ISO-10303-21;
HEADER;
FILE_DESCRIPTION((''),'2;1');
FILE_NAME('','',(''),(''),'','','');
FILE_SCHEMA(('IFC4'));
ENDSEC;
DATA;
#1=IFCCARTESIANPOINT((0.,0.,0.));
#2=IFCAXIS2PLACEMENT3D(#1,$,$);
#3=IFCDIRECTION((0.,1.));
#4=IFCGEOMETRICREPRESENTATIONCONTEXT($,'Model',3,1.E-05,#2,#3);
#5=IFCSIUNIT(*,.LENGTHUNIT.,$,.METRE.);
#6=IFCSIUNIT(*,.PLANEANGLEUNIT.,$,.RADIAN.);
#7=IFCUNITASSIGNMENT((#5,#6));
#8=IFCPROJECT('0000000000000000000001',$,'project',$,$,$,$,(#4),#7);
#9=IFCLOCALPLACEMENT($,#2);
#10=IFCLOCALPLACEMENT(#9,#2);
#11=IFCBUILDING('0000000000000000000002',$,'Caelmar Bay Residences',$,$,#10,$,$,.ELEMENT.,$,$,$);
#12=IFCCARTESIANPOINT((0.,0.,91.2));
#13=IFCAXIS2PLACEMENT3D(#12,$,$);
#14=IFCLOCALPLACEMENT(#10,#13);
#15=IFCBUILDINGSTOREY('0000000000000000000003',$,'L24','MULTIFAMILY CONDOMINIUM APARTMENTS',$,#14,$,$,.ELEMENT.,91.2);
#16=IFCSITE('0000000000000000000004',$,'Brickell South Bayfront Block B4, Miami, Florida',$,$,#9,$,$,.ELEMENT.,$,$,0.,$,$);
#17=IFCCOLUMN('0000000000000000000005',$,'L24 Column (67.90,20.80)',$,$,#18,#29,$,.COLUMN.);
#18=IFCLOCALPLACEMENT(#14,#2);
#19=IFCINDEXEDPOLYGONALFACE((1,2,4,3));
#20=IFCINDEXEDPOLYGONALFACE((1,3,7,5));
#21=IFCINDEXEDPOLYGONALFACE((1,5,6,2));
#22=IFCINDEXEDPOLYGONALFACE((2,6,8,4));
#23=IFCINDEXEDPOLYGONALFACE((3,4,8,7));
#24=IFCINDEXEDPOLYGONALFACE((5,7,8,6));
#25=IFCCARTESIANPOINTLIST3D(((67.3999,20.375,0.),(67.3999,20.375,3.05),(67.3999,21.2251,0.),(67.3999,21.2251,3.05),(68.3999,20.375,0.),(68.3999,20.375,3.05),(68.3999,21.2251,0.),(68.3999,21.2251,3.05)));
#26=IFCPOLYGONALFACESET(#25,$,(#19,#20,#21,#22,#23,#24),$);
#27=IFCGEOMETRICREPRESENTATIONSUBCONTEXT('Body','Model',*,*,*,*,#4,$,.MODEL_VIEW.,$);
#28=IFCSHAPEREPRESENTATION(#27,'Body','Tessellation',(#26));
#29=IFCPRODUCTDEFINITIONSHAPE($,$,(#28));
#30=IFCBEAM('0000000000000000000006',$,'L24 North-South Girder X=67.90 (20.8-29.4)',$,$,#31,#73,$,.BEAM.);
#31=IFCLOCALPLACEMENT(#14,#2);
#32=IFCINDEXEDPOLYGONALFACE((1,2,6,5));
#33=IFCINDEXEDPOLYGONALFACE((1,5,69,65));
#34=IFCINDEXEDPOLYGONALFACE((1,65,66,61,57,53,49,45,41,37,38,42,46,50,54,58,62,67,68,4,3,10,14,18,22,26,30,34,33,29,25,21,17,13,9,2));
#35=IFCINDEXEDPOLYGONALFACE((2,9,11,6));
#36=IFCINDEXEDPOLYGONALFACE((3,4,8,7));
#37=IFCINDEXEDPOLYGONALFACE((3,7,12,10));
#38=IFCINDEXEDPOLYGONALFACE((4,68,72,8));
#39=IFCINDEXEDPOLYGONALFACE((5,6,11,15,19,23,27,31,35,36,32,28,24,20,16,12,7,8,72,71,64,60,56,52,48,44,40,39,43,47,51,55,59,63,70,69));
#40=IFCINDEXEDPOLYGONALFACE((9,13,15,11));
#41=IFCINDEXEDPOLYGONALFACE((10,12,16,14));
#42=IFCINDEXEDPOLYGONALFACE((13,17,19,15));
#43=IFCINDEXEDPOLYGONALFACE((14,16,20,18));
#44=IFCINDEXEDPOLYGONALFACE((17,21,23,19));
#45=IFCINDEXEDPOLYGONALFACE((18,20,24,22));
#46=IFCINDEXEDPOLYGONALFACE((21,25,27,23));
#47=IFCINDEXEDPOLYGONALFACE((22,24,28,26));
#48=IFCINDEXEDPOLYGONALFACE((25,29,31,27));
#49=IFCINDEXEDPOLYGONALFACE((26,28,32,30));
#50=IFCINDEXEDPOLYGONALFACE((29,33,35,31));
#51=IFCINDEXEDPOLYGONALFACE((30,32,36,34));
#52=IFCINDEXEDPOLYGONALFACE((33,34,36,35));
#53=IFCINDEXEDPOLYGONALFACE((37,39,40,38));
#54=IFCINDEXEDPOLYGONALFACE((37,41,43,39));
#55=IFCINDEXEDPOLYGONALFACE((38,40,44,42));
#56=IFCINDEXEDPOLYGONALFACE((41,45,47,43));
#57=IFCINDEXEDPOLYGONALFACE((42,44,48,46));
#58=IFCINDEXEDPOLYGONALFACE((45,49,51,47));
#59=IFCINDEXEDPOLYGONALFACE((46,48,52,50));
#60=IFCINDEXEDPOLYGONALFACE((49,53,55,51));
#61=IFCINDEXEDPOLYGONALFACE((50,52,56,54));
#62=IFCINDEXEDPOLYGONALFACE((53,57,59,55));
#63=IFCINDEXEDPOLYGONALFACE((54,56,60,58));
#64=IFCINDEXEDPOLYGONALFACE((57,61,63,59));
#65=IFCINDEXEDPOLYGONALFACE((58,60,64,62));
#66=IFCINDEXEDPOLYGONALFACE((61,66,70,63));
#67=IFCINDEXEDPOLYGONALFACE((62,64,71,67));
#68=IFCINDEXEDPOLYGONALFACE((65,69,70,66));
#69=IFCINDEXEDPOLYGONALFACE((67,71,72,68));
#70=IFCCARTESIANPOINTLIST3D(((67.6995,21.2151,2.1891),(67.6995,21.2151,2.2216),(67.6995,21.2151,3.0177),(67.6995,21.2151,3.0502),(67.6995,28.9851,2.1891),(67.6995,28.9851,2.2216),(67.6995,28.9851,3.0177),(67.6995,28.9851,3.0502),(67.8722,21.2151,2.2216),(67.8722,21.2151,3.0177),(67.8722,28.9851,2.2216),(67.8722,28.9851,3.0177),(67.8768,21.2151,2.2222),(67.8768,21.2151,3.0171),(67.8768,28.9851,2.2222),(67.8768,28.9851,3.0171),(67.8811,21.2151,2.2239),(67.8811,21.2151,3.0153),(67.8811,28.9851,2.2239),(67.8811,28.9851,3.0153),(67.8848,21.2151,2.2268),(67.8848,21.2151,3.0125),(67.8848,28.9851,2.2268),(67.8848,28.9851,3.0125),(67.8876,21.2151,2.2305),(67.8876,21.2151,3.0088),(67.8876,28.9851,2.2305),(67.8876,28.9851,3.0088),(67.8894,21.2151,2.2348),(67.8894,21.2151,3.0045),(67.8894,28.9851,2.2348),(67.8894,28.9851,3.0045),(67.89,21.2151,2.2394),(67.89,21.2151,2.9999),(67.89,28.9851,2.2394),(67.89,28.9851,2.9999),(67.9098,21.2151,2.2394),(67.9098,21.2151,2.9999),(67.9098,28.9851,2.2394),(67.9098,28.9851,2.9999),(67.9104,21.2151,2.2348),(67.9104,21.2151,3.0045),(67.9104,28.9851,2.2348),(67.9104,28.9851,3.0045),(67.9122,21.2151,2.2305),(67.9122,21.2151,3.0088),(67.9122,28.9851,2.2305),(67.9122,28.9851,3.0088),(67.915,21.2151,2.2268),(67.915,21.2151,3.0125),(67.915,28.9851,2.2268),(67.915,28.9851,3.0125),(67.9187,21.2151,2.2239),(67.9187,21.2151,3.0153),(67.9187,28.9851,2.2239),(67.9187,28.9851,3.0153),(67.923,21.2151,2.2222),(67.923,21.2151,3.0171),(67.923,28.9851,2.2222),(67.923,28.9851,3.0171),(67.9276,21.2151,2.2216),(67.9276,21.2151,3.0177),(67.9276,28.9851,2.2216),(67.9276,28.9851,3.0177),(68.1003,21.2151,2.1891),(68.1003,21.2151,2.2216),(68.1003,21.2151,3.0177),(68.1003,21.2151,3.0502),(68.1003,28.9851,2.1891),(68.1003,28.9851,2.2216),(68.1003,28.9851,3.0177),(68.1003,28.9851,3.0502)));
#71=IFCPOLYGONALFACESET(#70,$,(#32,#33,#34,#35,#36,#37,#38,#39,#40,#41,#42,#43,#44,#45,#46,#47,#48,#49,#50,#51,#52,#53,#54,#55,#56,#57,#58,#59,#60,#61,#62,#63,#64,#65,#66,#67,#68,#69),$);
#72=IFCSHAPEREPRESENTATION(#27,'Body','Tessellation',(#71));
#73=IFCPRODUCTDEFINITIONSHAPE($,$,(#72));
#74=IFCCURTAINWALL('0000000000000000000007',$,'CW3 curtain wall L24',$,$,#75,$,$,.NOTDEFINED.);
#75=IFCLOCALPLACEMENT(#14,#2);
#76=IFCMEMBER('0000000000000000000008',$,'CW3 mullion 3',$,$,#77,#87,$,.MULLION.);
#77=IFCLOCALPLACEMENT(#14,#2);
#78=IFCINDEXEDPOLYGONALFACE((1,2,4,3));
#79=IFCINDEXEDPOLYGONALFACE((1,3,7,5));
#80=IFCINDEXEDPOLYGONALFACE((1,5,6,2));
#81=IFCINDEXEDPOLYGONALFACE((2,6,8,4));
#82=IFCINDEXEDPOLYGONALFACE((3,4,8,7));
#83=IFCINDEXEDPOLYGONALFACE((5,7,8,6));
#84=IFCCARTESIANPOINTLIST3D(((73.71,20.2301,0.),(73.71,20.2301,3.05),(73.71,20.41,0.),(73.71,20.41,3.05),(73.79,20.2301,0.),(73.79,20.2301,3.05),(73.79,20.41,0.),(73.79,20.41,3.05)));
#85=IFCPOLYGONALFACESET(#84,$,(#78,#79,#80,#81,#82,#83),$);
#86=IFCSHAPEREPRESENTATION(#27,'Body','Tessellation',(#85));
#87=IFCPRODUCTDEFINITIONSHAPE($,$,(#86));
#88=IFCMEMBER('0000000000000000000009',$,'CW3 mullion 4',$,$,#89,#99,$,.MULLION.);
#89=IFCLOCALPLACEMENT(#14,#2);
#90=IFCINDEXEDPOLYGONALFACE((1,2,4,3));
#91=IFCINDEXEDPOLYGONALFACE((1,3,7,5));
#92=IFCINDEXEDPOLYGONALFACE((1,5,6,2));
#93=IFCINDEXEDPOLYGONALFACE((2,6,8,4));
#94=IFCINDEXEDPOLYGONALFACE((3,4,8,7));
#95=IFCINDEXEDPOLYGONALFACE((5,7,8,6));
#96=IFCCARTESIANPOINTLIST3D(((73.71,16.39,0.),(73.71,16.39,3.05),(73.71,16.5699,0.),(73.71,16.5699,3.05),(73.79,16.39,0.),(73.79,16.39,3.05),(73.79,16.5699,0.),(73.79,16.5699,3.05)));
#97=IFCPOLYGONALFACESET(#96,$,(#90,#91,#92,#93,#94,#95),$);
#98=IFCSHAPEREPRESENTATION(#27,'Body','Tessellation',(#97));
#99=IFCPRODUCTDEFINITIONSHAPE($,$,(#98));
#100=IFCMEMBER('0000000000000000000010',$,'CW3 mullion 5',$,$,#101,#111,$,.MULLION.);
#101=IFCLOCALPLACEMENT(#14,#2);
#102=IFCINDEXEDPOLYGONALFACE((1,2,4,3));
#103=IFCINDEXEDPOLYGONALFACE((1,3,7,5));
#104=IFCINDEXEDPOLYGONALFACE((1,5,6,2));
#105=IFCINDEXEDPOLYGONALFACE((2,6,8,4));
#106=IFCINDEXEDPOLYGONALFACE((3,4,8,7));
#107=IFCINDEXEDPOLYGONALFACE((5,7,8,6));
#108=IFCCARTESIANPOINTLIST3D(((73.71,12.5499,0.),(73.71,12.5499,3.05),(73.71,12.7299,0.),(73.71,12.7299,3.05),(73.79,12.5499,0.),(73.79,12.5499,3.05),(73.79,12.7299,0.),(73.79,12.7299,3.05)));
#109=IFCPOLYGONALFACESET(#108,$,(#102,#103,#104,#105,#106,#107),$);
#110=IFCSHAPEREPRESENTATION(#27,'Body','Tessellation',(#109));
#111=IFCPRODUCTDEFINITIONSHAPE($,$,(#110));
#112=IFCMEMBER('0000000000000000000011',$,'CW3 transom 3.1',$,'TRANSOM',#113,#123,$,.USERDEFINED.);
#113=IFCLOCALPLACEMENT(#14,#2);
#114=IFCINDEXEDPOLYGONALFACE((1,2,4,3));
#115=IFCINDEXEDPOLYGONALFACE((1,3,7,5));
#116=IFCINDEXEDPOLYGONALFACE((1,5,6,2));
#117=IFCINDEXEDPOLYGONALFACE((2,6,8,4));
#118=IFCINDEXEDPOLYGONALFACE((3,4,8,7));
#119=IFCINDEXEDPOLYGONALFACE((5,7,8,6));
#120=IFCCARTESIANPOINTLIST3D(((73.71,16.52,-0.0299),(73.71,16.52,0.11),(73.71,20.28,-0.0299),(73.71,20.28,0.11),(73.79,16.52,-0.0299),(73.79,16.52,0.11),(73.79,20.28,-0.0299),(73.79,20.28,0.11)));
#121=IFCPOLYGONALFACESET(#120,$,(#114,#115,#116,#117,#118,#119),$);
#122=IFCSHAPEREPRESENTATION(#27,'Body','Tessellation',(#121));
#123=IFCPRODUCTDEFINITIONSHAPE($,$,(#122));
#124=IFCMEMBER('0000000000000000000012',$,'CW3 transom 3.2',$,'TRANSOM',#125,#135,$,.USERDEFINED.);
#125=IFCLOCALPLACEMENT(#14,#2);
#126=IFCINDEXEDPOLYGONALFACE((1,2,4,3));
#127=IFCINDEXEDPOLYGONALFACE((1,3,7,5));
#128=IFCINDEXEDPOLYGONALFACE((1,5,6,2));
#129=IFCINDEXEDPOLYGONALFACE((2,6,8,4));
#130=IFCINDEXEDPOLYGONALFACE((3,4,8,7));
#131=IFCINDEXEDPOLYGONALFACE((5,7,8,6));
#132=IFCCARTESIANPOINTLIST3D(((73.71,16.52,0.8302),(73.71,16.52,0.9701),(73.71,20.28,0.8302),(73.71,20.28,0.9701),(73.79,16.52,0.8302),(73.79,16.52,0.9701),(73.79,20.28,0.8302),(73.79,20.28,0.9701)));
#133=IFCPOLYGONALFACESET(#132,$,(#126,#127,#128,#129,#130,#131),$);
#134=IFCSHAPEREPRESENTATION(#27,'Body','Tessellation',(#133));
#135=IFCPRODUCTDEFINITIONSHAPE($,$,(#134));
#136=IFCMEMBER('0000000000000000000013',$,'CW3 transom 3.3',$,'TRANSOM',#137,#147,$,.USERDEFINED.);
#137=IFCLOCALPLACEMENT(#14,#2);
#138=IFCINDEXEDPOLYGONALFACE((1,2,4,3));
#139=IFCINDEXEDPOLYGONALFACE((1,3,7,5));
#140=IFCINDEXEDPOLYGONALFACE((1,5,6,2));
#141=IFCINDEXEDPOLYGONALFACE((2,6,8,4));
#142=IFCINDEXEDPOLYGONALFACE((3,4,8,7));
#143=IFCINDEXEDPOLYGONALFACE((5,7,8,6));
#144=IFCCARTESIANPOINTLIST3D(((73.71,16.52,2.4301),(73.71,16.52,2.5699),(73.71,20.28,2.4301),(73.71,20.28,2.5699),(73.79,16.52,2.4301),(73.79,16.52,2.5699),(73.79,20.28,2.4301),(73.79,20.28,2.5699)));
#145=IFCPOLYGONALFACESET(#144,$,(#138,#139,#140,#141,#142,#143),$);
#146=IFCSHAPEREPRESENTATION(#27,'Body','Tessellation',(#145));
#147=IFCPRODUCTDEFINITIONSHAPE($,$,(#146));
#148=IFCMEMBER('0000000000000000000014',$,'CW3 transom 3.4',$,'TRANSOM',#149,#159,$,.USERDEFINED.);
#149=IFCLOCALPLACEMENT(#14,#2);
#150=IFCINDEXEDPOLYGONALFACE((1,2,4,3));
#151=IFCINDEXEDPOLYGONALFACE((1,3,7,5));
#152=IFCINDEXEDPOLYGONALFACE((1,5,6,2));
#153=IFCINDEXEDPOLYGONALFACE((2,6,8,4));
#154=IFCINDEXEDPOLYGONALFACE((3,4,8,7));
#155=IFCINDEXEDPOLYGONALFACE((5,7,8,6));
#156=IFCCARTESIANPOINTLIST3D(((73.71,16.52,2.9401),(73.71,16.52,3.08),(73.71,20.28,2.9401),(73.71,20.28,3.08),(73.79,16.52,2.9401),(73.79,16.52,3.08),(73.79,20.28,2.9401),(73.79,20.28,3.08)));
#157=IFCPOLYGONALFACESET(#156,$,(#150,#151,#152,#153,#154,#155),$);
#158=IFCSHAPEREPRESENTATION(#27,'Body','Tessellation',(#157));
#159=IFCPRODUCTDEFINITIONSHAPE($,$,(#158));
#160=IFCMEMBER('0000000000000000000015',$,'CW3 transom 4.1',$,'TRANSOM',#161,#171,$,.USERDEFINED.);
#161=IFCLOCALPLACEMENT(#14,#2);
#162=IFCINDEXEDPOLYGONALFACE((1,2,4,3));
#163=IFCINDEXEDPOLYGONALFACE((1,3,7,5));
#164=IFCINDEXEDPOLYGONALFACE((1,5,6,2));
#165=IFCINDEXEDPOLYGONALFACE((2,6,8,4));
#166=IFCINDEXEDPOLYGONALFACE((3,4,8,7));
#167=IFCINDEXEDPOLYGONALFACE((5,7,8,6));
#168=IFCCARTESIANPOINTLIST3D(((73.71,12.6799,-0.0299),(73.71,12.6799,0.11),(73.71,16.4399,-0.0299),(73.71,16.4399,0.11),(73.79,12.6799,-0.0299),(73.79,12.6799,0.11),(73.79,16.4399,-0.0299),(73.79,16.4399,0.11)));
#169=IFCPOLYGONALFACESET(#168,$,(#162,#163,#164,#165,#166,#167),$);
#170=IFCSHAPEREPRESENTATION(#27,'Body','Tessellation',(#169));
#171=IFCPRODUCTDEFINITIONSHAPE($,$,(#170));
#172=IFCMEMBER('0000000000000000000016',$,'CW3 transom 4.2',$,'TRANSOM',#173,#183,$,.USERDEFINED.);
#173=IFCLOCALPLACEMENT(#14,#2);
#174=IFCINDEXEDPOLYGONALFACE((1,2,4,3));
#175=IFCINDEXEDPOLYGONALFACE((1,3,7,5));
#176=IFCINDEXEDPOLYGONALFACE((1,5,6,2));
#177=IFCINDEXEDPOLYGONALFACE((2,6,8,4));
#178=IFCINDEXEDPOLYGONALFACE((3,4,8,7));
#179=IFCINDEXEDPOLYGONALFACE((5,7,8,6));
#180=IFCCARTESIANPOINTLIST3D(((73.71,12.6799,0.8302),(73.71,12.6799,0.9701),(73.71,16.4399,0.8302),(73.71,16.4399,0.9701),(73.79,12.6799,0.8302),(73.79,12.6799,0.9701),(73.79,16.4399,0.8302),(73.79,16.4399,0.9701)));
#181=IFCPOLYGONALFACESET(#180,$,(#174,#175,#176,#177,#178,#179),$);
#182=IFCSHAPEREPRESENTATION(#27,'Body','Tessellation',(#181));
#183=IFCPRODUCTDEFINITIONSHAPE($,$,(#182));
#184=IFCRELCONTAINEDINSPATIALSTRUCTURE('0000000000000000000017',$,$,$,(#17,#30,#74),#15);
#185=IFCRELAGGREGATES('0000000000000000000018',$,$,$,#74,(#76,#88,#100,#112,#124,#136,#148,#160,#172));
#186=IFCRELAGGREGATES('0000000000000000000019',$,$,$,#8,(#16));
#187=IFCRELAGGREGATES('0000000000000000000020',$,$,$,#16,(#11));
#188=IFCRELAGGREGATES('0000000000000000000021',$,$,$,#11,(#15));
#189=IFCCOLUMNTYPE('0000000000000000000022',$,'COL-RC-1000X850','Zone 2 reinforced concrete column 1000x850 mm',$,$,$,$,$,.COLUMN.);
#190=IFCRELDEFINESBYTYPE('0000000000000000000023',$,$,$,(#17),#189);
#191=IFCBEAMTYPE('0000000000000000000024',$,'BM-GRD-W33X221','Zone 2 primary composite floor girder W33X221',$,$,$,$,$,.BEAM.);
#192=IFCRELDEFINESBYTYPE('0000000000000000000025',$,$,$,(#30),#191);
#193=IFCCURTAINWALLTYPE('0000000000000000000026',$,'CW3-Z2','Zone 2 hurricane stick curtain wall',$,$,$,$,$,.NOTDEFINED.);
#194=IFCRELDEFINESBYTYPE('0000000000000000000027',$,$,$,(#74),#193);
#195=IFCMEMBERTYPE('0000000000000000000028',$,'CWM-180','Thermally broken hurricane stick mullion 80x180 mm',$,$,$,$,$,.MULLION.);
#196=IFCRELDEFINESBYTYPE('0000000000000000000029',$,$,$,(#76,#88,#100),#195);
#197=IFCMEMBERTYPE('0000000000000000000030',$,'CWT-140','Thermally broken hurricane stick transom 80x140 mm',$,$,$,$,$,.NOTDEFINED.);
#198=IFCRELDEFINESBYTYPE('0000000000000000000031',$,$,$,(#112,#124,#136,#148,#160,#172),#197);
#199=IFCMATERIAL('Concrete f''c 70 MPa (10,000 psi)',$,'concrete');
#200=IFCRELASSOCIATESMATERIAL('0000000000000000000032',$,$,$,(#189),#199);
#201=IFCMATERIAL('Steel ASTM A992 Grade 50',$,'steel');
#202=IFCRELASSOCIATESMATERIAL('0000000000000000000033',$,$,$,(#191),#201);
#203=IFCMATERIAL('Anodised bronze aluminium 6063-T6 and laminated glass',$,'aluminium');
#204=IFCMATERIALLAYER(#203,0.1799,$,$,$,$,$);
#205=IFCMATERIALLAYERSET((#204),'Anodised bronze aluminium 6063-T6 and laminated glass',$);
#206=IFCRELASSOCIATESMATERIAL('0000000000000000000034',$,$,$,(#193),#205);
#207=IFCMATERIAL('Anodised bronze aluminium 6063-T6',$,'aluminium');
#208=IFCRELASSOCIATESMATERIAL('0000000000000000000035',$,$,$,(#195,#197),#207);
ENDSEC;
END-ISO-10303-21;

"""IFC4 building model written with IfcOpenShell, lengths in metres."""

from ifc_helpers import new_model, si_unit, direction, frame, origin, origin_2d, place, context, subcontext, project, spatial, rectangle, i_section, extrude, material, layer, layer_set, material_profile, profile_set, type_object, element, aggregate, save


model = new_model("IFC4")

# Units and contexts
model_context = context("Model", 3, precision=1e-05, world=origin(), true_north=direction((0.0, 1.0)))
body_context = subcontext(model_context, "Body", "Model", "MODEL_VIEW")
ifc_project = project(units=[si_unit("LENGTHUNIT", "METRE"), si_unit("PLANEANGLEUNIT", "RADIAN")], contexts=[model_context])

# Site, building, storey
site_placement = place(None, origin())
site = spatial("IfcSite", under=ifc_project, at=site_placement, Name="Brickell South Bayfront Block B4, Miami, Florida", CompositionType="ELEMENT", RefElevation=0.0)
building_placement = place(site_placement, origin())
building = spatial("IfcBuilding", under=site, at=building_placement, Name="Caelmar Bay Residences", CompositionType="ELEMENT")
storey_placement = place(building_placement, frame((0.0, 0.0, 91.2)))
storey = spatial("IfcBuildingStorey", under=building, at=storey_placement, Name="L24", Description="MULTIFAMILY CONDOMINIUM APARTMENTS", CompositionType="ELEMENT", Elevation=91.2)

# Column
ifc_material_1 = material(Name="Concrete f'c 70 MPa (10,000 psi)", Category="concrete")
ifc_material_profile_1 = material_profile(ifc_material_1, rectangle(XDim=1.0, YDim=0.8501, at=origin_2d()), Name="RC-COL-1000X850")
ifc_profile_set_1 = profile_set([ifc_material_profile_1], Name="Concrete f'c 70 MPa (10,000 psi)")
column_type = type_object("IfcColumnType", Name="COL-RC-1000X850", Description="Zone 2 reinforced concrete column 1000x850 mm", PredefinedType="COLUMN", material=ifc_profile_set_1)
column_placement = place(storey_placement, frame((67.8999, 20.8, 0.0), z_axis=(0.0, 0.0, 1.0), x_axis=(1.0, 0.0, 0.0)))
element("IfcColumn", 1, at=column_placement, inside=storey, type_object=column_type, Name="L24 Column (67.90,20.80)", PredefinedType="COLUMN", context=body_context, shape_type="SweptSolid", body=[
    extrude(rectangle(XDim=1.0, YDim=0.8501, at=origin_2d()), origin(), (0.0, 0.0, 1.0), 3.05),
])

# Beam
ifc_material_2 = material(Name="Steel ASTM A992 Grade 50", Category="steel")
ifc_material_profile_2 = material_profile(ifc_material_2, i_section(OverallWidth=0.4009, OverallDepth=0.8611, WebThickness=0.0198, FlangeThickness=0.0325, FilletRadius=0.0178, at=origin_2d()), Name="W33X221")
ifc_profile_set_2 = profile_set([ifc_material_profile_2], Name="Steel ASTM A992 Grade 50")
beam_type = type_object("IfcBeamType", Name="BM-GRD-W33X221", Description="Zone 2 primary composite floor girder W33X221", PredefinedType="BEAM", material=ifc_profile_set_2)
beam_placement = place(storey_placement, frame((67.8999, 21.2151, 2.6196), z_axis=(0.0, 1.0, 0.0), x_axis=(-1.0, 0.0, 0.0)))
element("IfcBeam", 2, at=beam_placement, inside=storey, type_object=beam_type, Name="L24 North-South Girder X=67.90 (20.8-29.4)", PredefinedType="BEAM", context=body_context, shape_type="SweptSolid", body=[
    extrude(i_section(OverallWidth=0.4009, OverallDepth=0.8611, WebThickness=0.0198, FlangeThickness=0.0325, FilletRadius=0.0178, at=origin_2d()), origin(), (0.0, 0.0, 1.0), 7.77),
])

# Curtain wall, members
ifc_material_3 = material(Name="Anodised bronze aluminium 6063-T6 and laminated glass", Category="aluminium")
ifc_layer_1 = layer(ifc_material_3, 0.1799)
ifc_layer_set_1 = layer_set([ifc_layer_1], Name="Anodised bronze aluminium 6063-T6 and laminated glass")
curtain_wall_type = type_object("IfcCurtainWallType", Name="CW3-Z2", Description="Zone 2 hurricane stick curtain wall", PredefinedType="NOTDEFINED", material=ifc_layer_set_1)
curtain_wall_placement = place(storey_placement, origin())
curtain_wall = element("IfcCurtainWall", 3, at=curtain_wall_placement, inside=storey, type_object=curtain_wall_type, Name="CW3 curtain wall L24", PredefinedType="NOTDEFINED")
ifc_material_4 = material(Name="Anodised bronze aluminium 6063-T6", Category="aluminium")
ifc_material_profile_3 = material_profile(ifc_material_4, rectangle(XDim=0.0801, YDim=0.1799, at=origin_2d()), Name="CWM-80X180")
ifc_profile_set_3 = profile_set([ifc_material_profile_3], Name="Anodised bronze aluminium 6063-T6")
member_type_1 = type_object("IfcMemberType", Name="CWM-180", Description="Thermally broken hurricane stick mullion 80x180 mm", PredefinedType="MULLION", material=ifc_profile_set_3)
member_1_placement = place(storey_placement, frame((73.75, 20.3201, 0.0), z_axis=(0.0, 0.0, 1.0), x_axis=(1.0, 0.0, 0.0)))
member_1 = element("IfcMember", 4, at=member_1_placement, type_object=member_type_1, Name="CW3 mullion 3", PredefinedType="MULLION", context=body_context, shape_type="SweptSolid", body=[
    extrude(rectangle(XDim=0.0801, YDim=0.1799, at=origin_2d()), origin(), (0.0, 0.0, 1.0), 3.05),
])
member_2_placement = place(storey_placement, frame((73.75, 16.48, 0.0), z_axis=(0.0, 0.0, 1.0), x_axis=(1.0, 0.0, 0.0)))
member_2 = element("IfcMember", 5, at=member_2_placement, type_object=member_type_1, Name="CW3 mullion 4", PredefinedType="MULLION", context=body_context, shape_type="SweptSolid", body=[
    extrude(rectangle(XDim=0.0801, YDim=0.1799, at=origin_2d()), origin(), (0.0, 0.0, 1.0), 3.05),
])
member_3_placement = place(storey_placement, frame((73.75, 12.6399, 0.0), z_axis=(0.0, 0.0, 1.0), x_axis=(1.0, 0.0, 0.0)))
member_3 = element("IfcMember", 6, at=member_3_placement, type_object=member_type_1, Name="CW3 mullion 5", PredefinedType="MULLION", context=body_context, shape_type="SweptSolid", body=[
    extrude(rectangle(XDim=0.0801, YDim=0.1799, at=origin_2d()), origin(), (0.0, 0.0, 1.0), 3.05),
])
ifc_material_profile_4 = material_profile(ifc_material_4, rectangle(XDim=0.0801, YDim=0.1399, at=origin_2d()), Name="CWT-80X140")
ifc_profile_set_4 = profile_set([ifc_material_profile_4], Name="Anodised bronze aluminium 6063-T6")
member_type_2 = type_object("IfcMemberType", Name="CWT-140", Description="Thermally broken hurricane stick transom 80x140 mm", PredefinedType="NOTDEFINED", material=ifc_profile_set_4)
member_4_placement = place(storey_placement, frame((73.75, 20.28, 0.04), z_axis=(0.0, -1.0, 0.0), x_axis=(1.0, 0.0, 0.0)))
member_4 = element("IfcMember", 7, at=member_4_placement, type_object=member_type_2, Name="CW3 transom 3.1", ObjectType="TRANSOM", PredefinedType="USERDEFINED", context=body_context, shape_type="SweptSolid", body=[
    extrude(rectangle(XDim=0.0801, YDim=0.1399, at=origin_2d()), origin(), (0.0, 0.0, 1.0), 3.76),
])
member_5_placement = place(storey_placement, frame((73.75, 20.28, 0.9001), z_axis=(0.0, -1.0, 0.0), x_axis=(1.0, 0.0, 0.0)))
member_5 = element("IfcMember", 8, at=member_5_placement, type_object=member_type_2, Name="CW3 transom 3.2", ObjectType="TRANSOM", PredefinedType="USERDEFINED", context=body_context, shape_type="SweptSolid", body=[
    extrude(rectangle(XDim=0.0801, YDim=0.1399, at=origin_2d()), origin(), (0.0, 0.0, 1.0), 3.76),
])
member_6_placement = place(storey_placement, frame((73.75, 20.28, 2.5), z_axis=(0.0, -1.0, 0.0), x_axis=(1.0, 0.0, 0.0)))
member_6 = element("IfcMember", 9, at=member_6_placement, type_object=member_type_2, Name="CW3 transom 3.3", ObjectType="TRANSOM", PredefinedType="USERDEFINED", context=body_context, shape_type="SweptSolid", body=[
    extrude(rectangle(XDim=0.0801, YDim=0.1399, at=origin_2d()), origin(), (0.0, 0.0, 1.0), 3.76),
])
member_7_placement = place(storey_placement, frame((73.75, 20.28, 3.01), z_axis=(0.0, -1.0, 0.0), x_axis=(1.0, 0.0, 0.0)))
member_7 = element("IfcMember", 10, at=member_7_placement, type_object=member_type_2, Name="CW3 transom 3.4", ObjectType="TRANSOM", PredefinedType="USERDEFINED", context=body_context, shape_type="SweptSolid", body=[
    extrude(rectangle(XDim=0.0801, YDim=0.1399, at=origin_2d()), origin(), (0.0, 0.0, 1.0), 3.76),
])
member_8_placement = place(storey_placement, frame((73.75, 16.4399, 0.04), z_axis=(0.0, -1.0, 0.0), x_axis=(1.0, 0.0, 0.0)))
member_8 = element("IfcMember", 11, at=member_8_placement, type_object=member_type_2, Name="CW3 transom 4.1", ObjectType="TRANSOM", PredefinedType="USERDEFINED", context=body_context, shape_type="SweptSolid", body=[
    extrude(rectangle(XDim=0.0801, YDim=0.1399, at=origin_2d()), origin(), (0.0, 0.0, 1.0), 3.76),
])
member_9_placement = place(storey_placement, frame((73.75, 16.4399, 0.9001), z_axis=(0.0, -1.0, 0.0), x_axis=(1.0, 0.0, 0.0)))
member_9 = element("IfcMember", 12, at=member_9_placement, type_object=member_type_2, Name="CW3 transom 4.2", ObjectType="TRANSOM", PredefinedType="USERDEFINED", context=body_context, shape_type="SweptSolid", body=[
    extrude(rectangle(XDim=0.0801, YDim=0.1399, at=origin_2d()), origin(), (0.0, 0.0, 1.0), 3.76),
])
aggregate(curtain_wall, [member_1, member_2, member_3, member_4, member_5, member_6, member_7, member_8, member_9])

save(model, "model.ifc")
